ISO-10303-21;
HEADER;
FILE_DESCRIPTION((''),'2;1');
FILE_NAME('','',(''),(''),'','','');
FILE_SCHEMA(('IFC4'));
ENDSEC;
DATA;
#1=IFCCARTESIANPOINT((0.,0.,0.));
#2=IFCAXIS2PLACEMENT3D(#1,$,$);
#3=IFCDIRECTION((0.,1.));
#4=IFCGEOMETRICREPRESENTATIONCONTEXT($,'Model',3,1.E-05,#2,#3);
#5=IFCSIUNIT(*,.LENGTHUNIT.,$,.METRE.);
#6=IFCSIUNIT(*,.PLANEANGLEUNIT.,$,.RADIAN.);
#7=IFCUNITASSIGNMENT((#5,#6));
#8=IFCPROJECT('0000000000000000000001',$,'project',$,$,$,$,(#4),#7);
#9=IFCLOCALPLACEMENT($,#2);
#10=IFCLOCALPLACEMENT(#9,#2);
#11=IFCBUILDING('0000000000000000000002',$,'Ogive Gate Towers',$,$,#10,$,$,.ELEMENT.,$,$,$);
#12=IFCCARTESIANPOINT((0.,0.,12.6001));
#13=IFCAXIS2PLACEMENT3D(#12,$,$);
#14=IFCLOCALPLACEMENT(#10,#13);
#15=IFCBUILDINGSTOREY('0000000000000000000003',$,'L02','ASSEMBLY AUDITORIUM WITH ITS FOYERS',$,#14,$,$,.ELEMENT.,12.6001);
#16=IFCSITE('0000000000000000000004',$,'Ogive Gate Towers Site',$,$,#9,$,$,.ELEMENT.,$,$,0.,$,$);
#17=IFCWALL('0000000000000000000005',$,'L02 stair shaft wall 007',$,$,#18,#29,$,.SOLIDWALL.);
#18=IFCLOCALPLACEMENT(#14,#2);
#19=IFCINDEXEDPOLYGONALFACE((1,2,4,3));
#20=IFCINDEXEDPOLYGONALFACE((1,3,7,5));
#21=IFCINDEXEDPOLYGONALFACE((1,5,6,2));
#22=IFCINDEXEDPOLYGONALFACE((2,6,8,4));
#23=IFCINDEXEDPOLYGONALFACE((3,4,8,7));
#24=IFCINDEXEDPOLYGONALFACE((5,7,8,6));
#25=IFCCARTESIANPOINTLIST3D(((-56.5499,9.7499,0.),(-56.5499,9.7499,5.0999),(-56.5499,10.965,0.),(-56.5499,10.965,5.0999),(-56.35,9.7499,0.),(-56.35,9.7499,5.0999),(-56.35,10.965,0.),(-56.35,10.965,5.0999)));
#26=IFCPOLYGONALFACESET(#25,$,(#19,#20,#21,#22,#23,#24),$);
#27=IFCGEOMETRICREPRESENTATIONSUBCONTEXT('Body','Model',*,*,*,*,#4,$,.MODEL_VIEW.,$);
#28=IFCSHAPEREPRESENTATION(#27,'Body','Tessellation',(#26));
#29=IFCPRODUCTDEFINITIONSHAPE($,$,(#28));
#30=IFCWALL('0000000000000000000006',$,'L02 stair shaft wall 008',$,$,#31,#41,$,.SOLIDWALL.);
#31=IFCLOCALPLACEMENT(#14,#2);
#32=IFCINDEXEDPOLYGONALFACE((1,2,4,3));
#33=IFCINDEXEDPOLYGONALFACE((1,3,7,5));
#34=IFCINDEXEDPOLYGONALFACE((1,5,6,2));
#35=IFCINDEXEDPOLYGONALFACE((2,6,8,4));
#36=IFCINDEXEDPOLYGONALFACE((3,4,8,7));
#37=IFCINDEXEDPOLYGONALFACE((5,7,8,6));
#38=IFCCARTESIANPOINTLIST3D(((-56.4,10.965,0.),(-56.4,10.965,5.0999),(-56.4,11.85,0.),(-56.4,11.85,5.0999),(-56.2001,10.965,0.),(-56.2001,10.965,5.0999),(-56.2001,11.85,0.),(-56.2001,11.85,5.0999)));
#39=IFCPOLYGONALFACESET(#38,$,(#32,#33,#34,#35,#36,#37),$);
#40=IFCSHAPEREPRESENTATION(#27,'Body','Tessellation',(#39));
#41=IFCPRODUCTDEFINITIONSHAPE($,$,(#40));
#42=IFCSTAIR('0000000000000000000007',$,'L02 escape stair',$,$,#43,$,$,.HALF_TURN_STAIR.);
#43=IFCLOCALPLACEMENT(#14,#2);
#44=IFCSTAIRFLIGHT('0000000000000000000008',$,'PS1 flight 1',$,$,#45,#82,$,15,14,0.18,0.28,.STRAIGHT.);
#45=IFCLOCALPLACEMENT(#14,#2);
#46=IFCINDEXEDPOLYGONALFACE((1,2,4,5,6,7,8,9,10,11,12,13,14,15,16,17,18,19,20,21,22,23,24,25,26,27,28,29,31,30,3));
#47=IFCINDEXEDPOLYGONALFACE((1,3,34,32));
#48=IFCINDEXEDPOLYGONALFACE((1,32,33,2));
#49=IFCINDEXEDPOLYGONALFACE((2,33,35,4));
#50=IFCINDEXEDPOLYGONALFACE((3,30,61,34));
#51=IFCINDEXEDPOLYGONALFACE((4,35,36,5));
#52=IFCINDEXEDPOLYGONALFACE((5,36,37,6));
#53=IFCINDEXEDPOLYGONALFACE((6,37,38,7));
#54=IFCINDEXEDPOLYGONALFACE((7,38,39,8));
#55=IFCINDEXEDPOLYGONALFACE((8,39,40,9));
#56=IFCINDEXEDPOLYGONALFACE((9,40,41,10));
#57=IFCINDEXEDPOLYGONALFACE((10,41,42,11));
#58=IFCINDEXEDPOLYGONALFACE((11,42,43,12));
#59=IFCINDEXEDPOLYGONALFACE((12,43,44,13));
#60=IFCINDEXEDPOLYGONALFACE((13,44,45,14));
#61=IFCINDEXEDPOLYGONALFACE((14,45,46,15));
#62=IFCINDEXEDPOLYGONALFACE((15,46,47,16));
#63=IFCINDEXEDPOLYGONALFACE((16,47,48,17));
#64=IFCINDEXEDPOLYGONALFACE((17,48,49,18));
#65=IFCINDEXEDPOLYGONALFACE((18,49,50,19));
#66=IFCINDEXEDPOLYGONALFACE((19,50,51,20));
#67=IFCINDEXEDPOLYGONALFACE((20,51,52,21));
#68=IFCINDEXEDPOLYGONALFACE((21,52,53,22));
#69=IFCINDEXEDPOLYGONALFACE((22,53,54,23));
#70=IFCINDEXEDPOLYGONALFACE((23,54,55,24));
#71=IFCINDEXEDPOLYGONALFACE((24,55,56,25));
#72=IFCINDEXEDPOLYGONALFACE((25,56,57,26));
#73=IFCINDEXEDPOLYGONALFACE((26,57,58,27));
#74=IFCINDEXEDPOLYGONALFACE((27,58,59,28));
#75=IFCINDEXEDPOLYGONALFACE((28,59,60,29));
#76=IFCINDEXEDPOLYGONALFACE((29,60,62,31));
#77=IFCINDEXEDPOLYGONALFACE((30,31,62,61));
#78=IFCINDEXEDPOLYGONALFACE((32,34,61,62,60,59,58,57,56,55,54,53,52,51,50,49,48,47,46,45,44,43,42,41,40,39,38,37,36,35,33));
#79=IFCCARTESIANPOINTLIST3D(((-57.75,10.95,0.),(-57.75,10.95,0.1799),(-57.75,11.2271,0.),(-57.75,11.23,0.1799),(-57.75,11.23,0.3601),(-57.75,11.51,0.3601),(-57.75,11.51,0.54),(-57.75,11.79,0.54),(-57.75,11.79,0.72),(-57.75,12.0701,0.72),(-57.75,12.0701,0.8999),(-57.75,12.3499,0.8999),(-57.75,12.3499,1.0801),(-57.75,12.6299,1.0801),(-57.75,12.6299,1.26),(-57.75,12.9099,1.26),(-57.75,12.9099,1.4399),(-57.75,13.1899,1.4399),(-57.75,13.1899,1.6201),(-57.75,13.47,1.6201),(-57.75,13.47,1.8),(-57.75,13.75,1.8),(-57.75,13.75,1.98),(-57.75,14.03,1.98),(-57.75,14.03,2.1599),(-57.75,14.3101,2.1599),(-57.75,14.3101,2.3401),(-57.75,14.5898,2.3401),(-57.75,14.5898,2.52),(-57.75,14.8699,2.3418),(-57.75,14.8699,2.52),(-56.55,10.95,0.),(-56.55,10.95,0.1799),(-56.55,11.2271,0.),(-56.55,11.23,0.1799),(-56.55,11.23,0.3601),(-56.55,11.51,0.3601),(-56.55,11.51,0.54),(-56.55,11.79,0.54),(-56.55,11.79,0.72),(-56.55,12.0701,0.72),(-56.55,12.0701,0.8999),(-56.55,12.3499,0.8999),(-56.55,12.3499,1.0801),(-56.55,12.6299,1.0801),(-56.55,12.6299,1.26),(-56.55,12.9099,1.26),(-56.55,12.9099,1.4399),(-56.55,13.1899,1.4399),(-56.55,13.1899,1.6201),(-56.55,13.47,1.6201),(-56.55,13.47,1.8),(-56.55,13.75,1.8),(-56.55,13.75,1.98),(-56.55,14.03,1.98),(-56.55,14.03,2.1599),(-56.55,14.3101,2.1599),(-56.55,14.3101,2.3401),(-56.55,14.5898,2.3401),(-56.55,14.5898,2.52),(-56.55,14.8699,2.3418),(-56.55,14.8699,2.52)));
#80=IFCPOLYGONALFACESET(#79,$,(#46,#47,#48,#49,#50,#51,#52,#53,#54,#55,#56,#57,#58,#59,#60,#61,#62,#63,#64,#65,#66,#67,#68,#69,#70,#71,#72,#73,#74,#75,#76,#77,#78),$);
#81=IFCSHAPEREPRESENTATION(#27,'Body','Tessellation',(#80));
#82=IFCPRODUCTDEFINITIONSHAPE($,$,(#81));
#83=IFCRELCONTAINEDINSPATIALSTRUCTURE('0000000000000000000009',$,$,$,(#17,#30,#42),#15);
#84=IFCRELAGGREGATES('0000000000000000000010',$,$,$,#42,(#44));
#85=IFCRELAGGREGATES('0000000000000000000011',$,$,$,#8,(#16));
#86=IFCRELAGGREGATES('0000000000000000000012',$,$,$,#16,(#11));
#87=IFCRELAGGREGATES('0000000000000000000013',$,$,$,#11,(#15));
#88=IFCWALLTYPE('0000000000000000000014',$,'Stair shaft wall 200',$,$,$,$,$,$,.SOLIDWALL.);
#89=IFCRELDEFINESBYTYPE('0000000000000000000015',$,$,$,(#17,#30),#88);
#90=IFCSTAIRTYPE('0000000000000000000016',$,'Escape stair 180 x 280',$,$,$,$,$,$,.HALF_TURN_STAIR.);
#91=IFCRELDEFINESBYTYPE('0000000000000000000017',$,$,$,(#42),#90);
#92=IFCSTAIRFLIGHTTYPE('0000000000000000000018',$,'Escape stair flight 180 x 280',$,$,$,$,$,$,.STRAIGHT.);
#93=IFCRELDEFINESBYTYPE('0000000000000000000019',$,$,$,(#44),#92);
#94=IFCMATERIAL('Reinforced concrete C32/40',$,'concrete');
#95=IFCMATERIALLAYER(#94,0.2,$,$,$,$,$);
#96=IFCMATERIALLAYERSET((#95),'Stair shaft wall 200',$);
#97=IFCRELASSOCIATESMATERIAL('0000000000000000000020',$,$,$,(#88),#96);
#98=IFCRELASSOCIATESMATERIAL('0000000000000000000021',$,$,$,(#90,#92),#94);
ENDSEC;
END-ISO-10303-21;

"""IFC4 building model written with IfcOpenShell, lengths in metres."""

from ifc_helpers import new_model, si_unit, direction, frame, frame_2d, origin, place, context, subcontext, project, spatial, polyline, rectangle, outline, extrude, material, layer, layer_set, type_object, element, aggregate, save


model = new_model("IFC4")

# Units and contexts
model_context = context("Model", 3, precision=1e-05, world=origin(), true_north=direction((0.0, 1.0)))
body_context = subcontext(model_context, "Body", "Model", "MODEL_VIEW")
ifc_project = project(units=[si_unit("LENGTHUNIT", "METRE"), si_unit("PLANEANGLEUNIT", "RADIAN")], contexts=[model_context])

# Site, building, storey
site_placement = place(None, origin())
site = spatial("IfcSite", under=ifc_project, at=site_placement, Name="Ogive Gate Towers Site", CompositionType="ELEMENT", RefElevation=0.0)
building_placement = place(site_placement, origin())
building = spatial("IfcBuilding", under=site, at=building_placement, Name="Ogive Gate Towers", CompositionType="ELEMENT")
storey_placement = place(building_placement, frame((0.0, 0.0, 12.6001)))
storey = spatial("IfcBuildingStorey", under=building, at=storey_placement, Name="L02", Description="ASSEMBLY AUDITORIUM WITH ITS FOYERS", CompositionType="ELEMENT", Elevation=12.6001)

# Walls
ifc_material_1 = material(Name="Reinforced concrete C32/40", Category="concrete")
ifc_layer_1 = layer(ifc_material_1, 0.2)
ifc_layer_set_1 = layer_set([ifc_layer_1], Name="Stair shaft wall 200")
wall_type_1 = type_object("IfcWallType", Name="Stair shaft wall 200", PredefinedType="SOLIDWALL", material=ifc_layer_set_1)
wall_1_placement = place(storey_placement, frame((-56.45, 9.75, 0.0), z_axis=(0.0, 0.0, 1.0), x_axis=(0.0, 1.0, 0.0)))
element("IfcWall", 1, at=wall_1_placement, inside=storey, type_object=wall_type_1, Name="L02 stair shaft wall 007", PredefinedType="SOLIDWALL", context=body_context, shape_type="SweptSolid", body=[
    extrude(rectangle(XDim=1.2151, YDim=0.2, at=frame_2d((0.6074, 0.0))), origin(), (0.0, 0.0, 1.0), 5.0999),
])
wall_2_placement = place(storey_placement, frame((-56.3, 10.9651, 0.0), z_axis=(0.0, 0.0, 1.0), x_axis=(0.0, 1.0, 0.0)))
element("IfcWall", 2, at=wall_2_placement, inside=storey, type_object=wall_type_1, Name="L02 stair shaft wall 008", PredefinedType="SOLIDWALL", context=body_context, shape_type="SweptSolid", body=[
    extrude(rectangle(XDim=0.885, YDim=0.2, at=frame_2d((0.4424, 0.0))), origin(), (0.0, 0.0, 1.0), 5.0999),
])

# Stair, stair flight
stair_type = type_object("IfcStairType", Name="Escape stair 180 x 280", PredefinedType="HALF_TURN_STAIR", material=ifc_material_1)
stair_placement = place(storey_placement, origin())
stair = element("IfcStair", 3, at=stair_placement, inside=storey, type_object=stair_type, Name="L02 escape stair", PredefinedType="HALF_TURN_STAIR")
stair_flight_type = type_object("IfcStairFlightType", Name="Escape stair flight 180 x 280", PredefinedType="STRAIGHT", material=ifc_material_1)
stair_flight_placement = place(storey_placement, frame((-57.1499, 10.95, 0.0), z_axis=(0.0, 0.0, 1.0), x_axis=(0.0, 1.0, 0.0)))
stair_flight = element("IfcStairFlight", 4, at=stair_flight_placement, type_object=stair_flight_type, Name="PS1 flight 1", NumberOfRisers=15, NumberOfTreads=14, PredefinedType="STRAIGHT", RiserHeight=0.18, TreadLength=0.28, context=body_context, shape_type="SweptSolid", body=[
    extrude(outline(polyline([(0.0, 0.0), (0.0, 0.1799), (0.28, 0.1799), (0.28, 0.3601), (0.5601, 0.3601), (0.5601, 0.54), (0.8401, 0.54), (0.8401, 0.72), (1.1201, 0.72), (1.1201, 0.8999), (1.3999, 0.8999), (1.3999, 1.0801), (1.6799, 1.0801), (1.6799, 1.26), (1.96, 1.26), (1.96, 1.4399), (2.24, 1.4399), (2.24, 1.6201), (2.52, 1.6201), (2.52, 1.8), (2.8, 1.8), (2.8, 1.98), (3.0801, 1.98), (3.0801, 2.1599), (3.3601, 2.1599), (3.3601, 2.3401), (3.6399, 2.3401), (3.6399, 2.52), (3.9199, 2.52), (3.9199, 2.7), (3.9199, 2.3418), (0.2771, 0.0), (0.0, 0.0)])), frame((0.0, 0.6001, 0.0), z_axis=(0.0, -1.0, 0.0), x_axis=(1.0, 0.0, 0.0)), (0.0, 0.0, 1.0), 1.2),
])
aggregate(stair, [stair_flight])

save(model, "model.ifc")
